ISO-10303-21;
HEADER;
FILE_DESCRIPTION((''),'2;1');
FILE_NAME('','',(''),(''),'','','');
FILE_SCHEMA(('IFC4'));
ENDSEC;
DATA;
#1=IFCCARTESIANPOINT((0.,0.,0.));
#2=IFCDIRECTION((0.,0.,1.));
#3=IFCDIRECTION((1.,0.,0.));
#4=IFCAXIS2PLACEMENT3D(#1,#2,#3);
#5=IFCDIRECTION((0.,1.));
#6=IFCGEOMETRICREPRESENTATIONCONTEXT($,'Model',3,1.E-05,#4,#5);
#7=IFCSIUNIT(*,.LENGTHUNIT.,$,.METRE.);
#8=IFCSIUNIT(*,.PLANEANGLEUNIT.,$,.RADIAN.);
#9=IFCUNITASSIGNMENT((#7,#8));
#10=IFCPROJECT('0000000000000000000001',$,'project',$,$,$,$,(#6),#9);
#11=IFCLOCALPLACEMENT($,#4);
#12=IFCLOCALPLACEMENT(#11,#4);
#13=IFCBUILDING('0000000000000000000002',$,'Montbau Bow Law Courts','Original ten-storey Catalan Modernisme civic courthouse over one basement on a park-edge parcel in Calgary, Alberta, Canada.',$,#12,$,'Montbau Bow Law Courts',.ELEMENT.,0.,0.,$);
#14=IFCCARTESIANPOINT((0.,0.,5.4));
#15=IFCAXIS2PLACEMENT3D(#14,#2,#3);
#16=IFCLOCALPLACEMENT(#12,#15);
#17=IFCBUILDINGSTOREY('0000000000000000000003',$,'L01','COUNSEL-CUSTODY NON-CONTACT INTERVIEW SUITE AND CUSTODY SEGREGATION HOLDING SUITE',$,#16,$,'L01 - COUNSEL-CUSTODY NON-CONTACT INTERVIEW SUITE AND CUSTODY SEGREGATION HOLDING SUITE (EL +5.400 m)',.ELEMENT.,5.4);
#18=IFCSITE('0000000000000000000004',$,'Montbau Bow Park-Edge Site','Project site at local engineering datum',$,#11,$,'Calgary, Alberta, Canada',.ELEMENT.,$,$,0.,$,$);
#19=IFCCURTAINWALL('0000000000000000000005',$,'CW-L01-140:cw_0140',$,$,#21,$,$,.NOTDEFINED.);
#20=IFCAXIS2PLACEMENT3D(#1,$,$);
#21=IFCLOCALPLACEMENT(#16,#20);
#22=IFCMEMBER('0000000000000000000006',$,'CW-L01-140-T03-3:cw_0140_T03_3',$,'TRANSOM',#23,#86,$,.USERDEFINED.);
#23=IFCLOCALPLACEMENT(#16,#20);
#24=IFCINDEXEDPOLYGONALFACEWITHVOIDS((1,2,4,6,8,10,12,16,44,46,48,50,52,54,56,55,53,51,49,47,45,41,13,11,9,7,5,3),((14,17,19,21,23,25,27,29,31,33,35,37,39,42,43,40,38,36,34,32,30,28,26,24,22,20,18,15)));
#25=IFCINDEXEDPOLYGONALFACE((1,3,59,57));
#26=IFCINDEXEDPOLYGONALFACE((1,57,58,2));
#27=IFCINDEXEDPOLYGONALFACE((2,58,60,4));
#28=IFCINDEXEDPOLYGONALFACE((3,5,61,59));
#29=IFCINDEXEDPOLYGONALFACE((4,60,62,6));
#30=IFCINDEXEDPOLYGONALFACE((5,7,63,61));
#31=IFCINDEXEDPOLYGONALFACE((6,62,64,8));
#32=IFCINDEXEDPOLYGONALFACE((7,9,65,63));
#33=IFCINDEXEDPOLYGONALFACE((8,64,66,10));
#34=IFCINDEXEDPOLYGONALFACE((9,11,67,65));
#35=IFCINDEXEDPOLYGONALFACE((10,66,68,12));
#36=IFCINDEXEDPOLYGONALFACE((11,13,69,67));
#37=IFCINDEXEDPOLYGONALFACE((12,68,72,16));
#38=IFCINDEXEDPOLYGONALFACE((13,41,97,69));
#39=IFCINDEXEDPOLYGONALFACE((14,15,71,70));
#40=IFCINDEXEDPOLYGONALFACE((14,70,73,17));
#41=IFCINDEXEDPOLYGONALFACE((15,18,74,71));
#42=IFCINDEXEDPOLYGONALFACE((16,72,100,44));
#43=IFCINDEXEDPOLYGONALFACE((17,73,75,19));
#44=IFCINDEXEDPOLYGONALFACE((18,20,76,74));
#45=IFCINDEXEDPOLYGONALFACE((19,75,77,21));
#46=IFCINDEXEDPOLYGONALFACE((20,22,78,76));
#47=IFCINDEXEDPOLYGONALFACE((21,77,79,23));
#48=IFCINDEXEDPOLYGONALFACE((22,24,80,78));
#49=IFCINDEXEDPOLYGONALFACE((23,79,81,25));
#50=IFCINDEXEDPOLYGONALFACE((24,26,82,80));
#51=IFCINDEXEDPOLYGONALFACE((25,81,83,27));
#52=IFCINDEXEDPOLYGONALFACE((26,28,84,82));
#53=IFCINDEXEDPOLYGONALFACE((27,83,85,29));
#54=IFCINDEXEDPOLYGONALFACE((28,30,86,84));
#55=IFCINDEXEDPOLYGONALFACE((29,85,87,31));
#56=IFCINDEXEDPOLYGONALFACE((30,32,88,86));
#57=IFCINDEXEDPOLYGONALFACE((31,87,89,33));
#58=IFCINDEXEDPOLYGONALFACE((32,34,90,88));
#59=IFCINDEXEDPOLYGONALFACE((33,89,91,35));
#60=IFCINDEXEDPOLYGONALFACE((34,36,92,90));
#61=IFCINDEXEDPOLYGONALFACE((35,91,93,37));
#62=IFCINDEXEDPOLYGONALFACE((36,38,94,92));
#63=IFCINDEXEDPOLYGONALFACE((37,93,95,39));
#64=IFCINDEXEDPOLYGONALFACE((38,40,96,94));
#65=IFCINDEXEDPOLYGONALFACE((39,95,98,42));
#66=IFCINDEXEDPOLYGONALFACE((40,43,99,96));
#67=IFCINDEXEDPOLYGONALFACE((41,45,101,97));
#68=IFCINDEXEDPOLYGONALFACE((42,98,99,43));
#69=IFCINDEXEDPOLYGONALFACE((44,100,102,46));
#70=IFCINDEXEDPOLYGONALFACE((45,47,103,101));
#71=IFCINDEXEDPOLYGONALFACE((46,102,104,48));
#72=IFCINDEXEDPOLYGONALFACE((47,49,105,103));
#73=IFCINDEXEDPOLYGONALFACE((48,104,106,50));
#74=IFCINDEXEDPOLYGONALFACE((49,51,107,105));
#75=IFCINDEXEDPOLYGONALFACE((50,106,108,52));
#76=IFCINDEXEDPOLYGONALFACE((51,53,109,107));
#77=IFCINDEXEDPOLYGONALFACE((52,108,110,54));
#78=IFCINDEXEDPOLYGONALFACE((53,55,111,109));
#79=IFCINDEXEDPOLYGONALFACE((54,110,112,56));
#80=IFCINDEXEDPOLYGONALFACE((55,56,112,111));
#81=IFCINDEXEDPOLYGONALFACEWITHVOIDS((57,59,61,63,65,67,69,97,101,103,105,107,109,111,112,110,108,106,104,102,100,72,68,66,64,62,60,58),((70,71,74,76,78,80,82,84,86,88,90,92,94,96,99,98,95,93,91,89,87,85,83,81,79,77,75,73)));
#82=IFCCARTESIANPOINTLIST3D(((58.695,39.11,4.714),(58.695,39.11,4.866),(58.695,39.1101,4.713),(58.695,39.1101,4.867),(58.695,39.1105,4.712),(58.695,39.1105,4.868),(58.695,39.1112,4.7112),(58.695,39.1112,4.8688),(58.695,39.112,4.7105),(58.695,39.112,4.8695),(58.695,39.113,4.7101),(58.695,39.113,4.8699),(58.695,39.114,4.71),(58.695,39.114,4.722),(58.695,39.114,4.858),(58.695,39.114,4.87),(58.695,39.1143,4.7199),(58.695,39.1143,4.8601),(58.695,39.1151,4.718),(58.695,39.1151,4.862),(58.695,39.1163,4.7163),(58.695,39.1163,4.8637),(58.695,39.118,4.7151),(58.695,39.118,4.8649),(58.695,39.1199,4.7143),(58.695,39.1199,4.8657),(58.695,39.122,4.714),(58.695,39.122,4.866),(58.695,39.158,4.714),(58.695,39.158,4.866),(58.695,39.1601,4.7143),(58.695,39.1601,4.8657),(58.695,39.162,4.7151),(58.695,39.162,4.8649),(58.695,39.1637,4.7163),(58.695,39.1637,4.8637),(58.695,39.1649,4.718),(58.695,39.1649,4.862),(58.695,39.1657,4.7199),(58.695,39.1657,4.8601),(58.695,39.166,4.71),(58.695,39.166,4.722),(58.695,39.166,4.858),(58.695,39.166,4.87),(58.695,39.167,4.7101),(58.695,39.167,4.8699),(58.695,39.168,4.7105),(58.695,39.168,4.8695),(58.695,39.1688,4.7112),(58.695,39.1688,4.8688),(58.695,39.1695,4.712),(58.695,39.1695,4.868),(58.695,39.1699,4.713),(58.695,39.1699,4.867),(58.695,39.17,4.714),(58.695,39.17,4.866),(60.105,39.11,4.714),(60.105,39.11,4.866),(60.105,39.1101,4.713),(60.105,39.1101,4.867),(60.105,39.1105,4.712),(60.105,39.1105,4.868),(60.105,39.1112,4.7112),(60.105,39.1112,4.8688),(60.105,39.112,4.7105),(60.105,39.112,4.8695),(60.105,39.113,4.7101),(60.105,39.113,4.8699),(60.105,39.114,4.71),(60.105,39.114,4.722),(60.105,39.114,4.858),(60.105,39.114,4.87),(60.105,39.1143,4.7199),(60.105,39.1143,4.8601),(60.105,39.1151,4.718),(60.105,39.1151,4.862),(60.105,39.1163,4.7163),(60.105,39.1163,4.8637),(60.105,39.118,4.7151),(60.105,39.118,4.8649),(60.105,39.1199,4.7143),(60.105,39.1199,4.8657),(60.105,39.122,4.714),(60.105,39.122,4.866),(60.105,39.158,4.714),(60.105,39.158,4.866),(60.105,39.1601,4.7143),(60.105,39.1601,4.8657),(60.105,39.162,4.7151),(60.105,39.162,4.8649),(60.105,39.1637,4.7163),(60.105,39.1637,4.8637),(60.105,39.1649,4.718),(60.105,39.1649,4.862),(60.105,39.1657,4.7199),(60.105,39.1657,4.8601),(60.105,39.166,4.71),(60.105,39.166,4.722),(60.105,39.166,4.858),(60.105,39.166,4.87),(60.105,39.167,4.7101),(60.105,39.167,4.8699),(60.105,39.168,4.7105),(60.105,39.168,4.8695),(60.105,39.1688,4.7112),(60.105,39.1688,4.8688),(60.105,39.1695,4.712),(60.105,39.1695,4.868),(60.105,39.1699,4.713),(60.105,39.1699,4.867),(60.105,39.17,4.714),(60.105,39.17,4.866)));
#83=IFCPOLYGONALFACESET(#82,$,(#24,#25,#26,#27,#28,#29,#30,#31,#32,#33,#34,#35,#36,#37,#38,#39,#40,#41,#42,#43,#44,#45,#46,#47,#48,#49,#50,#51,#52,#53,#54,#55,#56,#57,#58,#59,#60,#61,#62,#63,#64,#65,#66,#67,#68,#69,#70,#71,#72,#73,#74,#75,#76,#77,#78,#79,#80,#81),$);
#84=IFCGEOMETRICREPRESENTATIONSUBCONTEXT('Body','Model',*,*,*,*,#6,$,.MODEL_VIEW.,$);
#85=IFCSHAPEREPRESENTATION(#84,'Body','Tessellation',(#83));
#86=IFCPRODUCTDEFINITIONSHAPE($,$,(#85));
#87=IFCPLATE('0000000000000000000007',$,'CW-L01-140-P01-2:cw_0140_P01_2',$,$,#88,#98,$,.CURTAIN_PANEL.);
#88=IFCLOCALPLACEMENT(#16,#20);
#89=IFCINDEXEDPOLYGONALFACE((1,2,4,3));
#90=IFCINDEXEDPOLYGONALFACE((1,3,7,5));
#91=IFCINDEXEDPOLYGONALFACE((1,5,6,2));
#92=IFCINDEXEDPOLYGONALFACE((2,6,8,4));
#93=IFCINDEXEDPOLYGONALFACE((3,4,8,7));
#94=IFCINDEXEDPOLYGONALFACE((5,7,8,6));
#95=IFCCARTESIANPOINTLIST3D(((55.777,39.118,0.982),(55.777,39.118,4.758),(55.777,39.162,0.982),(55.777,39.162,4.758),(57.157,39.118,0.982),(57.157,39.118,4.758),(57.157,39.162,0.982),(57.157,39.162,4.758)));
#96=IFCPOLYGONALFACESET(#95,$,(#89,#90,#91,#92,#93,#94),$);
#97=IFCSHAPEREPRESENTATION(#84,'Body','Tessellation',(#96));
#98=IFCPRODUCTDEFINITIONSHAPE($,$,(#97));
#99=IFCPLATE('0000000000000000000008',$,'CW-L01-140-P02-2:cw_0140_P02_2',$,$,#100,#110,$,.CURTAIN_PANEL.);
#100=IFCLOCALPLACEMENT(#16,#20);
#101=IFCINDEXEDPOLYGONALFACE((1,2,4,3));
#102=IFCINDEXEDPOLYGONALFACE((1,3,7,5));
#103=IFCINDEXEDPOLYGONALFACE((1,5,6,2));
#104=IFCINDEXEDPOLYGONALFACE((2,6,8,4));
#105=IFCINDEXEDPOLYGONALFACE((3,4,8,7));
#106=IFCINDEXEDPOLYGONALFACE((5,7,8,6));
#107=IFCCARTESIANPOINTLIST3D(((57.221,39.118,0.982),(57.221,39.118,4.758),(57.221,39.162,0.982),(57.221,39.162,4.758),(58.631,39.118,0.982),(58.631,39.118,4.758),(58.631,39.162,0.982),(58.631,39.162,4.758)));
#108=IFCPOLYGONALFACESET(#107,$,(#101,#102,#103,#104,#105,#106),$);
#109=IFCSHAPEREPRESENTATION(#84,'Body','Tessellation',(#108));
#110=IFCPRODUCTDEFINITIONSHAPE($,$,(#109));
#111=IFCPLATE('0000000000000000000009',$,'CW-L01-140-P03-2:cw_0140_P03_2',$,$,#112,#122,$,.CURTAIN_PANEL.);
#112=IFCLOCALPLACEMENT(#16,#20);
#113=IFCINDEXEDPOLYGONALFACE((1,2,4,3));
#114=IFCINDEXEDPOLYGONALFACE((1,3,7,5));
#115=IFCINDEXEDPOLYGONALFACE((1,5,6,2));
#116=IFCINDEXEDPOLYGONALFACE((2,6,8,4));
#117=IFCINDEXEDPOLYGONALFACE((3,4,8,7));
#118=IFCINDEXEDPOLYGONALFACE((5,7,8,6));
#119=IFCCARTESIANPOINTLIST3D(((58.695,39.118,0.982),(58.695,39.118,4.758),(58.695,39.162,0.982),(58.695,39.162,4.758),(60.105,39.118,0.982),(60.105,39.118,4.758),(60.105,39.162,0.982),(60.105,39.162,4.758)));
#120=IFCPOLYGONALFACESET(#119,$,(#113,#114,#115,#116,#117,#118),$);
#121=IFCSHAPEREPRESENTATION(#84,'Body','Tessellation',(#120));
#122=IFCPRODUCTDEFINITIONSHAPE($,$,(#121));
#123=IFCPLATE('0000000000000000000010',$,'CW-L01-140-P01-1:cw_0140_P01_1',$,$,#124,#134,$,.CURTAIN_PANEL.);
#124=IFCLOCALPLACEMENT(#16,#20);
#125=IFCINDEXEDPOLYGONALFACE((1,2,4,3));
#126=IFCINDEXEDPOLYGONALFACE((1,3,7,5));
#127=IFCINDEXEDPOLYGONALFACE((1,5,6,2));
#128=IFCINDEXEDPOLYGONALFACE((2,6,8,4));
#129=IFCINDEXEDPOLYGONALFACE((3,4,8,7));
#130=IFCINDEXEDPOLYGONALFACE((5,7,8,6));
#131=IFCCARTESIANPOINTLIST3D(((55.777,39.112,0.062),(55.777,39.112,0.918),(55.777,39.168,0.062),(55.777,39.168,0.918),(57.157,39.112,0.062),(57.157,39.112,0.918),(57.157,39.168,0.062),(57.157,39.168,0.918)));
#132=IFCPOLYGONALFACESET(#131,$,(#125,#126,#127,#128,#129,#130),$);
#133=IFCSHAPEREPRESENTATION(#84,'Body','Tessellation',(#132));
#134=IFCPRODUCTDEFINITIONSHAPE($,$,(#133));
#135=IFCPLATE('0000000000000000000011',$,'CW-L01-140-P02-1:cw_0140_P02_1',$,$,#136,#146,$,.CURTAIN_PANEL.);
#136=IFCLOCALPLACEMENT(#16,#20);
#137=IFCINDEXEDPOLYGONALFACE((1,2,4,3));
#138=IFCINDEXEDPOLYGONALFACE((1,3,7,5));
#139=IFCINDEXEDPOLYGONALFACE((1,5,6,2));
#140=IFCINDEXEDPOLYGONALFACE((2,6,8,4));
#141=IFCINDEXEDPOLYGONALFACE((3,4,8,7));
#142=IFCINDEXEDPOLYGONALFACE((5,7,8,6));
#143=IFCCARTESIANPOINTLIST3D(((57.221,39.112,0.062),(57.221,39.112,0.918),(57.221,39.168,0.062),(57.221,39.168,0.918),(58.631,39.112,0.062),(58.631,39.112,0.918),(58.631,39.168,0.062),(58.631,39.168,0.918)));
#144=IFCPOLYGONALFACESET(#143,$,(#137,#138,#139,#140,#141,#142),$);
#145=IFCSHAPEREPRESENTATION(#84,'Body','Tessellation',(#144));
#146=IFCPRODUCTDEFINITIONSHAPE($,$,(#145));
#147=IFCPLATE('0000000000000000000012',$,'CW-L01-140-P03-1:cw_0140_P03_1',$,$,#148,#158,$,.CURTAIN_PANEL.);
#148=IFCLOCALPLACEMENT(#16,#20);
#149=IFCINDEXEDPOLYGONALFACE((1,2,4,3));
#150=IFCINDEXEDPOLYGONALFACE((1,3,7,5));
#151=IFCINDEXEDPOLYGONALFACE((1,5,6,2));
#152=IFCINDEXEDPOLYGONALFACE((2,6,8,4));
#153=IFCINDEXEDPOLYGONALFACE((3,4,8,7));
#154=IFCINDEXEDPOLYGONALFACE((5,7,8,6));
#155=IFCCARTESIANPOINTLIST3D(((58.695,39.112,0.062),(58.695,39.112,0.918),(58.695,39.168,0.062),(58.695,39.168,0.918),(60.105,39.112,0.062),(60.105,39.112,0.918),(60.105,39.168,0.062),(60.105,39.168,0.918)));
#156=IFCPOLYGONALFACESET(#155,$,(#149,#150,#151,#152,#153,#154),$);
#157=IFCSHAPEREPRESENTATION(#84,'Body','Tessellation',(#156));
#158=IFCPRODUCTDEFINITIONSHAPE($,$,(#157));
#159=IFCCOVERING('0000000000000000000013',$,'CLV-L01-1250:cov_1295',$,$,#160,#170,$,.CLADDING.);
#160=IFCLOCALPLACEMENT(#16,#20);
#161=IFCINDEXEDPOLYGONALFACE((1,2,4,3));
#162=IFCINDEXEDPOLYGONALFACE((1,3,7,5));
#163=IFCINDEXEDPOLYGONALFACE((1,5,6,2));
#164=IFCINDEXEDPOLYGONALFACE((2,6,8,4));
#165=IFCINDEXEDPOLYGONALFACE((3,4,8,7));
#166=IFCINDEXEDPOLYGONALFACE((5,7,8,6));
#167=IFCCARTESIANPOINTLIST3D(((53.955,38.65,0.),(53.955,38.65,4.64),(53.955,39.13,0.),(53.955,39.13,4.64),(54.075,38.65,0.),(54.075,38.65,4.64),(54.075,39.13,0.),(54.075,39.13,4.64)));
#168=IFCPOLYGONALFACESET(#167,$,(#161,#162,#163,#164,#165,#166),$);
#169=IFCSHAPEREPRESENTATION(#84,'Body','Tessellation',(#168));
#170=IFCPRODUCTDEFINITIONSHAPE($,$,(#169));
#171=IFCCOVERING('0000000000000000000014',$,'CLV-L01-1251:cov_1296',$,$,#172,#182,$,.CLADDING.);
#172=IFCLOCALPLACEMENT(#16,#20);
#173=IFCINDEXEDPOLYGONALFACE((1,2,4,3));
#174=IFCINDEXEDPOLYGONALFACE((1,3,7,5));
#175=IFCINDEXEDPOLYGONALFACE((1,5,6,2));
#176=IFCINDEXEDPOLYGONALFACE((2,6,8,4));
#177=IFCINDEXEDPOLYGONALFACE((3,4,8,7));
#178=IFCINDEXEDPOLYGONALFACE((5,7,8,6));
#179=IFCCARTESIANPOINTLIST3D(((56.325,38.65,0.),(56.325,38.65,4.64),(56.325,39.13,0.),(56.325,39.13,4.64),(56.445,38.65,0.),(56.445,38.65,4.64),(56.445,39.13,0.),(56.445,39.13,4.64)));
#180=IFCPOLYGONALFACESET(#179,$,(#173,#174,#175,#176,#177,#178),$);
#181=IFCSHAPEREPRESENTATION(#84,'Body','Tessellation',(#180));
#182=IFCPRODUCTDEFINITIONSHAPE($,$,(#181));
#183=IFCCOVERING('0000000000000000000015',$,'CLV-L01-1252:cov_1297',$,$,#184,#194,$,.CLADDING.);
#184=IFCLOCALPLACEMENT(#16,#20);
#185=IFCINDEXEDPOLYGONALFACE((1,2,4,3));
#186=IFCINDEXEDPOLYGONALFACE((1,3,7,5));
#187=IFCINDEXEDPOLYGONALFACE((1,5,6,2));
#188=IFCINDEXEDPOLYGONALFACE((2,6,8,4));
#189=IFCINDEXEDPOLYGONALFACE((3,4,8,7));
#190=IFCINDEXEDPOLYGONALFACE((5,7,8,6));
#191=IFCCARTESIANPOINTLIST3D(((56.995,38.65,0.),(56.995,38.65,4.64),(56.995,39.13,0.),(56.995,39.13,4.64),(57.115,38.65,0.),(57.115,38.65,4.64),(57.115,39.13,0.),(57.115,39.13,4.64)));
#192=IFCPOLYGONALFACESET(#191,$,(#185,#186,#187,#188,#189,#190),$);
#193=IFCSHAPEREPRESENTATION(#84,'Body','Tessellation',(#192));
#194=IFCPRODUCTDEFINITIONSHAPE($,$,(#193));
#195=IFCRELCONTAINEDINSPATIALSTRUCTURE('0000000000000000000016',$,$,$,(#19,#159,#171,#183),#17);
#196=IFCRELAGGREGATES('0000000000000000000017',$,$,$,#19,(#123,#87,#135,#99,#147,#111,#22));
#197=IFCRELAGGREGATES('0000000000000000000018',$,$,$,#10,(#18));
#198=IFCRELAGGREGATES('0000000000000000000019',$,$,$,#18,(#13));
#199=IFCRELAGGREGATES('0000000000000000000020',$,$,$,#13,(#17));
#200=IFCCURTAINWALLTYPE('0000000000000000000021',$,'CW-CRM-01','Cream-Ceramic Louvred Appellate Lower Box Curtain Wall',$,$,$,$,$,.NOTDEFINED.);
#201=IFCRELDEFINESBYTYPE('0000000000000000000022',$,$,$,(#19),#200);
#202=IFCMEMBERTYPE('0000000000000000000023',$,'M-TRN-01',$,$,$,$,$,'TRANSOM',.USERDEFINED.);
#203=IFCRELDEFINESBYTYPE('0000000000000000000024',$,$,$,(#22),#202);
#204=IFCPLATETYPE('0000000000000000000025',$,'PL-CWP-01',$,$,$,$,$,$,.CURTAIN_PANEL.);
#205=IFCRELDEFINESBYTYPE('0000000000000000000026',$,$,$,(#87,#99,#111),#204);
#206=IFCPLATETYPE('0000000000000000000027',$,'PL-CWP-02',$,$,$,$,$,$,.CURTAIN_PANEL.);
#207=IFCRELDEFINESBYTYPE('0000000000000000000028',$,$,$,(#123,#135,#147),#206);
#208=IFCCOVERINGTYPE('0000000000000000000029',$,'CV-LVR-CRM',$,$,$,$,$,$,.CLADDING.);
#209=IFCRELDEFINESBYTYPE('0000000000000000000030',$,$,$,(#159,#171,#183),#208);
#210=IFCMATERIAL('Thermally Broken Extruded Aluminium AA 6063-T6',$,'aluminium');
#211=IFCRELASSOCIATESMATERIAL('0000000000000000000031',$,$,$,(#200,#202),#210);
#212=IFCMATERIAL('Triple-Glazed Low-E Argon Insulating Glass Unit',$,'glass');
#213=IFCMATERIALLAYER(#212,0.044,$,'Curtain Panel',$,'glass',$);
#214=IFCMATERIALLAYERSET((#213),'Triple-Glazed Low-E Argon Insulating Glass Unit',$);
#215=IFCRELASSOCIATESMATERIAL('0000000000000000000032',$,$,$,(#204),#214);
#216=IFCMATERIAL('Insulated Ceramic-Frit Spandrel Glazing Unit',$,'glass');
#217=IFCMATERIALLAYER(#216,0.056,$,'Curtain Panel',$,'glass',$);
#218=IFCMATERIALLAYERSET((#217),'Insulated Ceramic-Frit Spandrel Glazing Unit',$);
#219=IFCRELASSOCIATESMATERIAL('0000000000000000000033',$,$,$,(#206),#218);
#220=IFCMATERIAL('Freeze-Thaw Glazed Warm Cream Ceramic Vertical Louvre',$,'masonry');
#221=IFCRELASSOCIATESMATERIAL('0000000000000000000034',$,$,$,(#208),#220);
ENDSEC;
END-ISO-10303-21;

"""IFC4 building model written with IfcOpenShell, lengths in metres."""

from ifc_helpers import new_model, si_unit, direction, frame, frame_2d, origin_with_axes, origin_2d_with_axis, place, context, subcontext, project, spatial, rectangle, hollow_rectangle, extrude, material, layer, layer_set, material_profile, profile_set, type_object, element, aggregate, save


model = new_model("IFC4")

# Units and contexts
model_context = context("Model", 3, precision=1e-05, world=origin_with_axes(), true_north=direction((0.0, 1.0)))
body_context = subcontext(model_context, "Body", "Model", "MODEL_VIEW")
ifc_project = project(units=[si_unit("LENGTHUNIT", "METRE"), si_unit("PLANEANGLEUNIT", "RADIAN")], contexts=[model_context])

# Site, building, storey
site_placement = place(None, origin_with_axes())
site = spatial("IfcSite", under=ifc_project, at=site_placement, Name="Montbau Bow Park-Edge Site", Description="Project site at local engineering datum", LongName="Calgary, Alberta, Canada", CompositionType="ELEMENT", RefElevation=0.0)
building_placement = place(site_placement, origin_with_axes())
building = spatial("IfcBuilding", under=site, at=building_placement, Name="Montbau Bow Law Courts", Description="Original ten-storey Catalan Modernisme civic courthouse over one basement on a park-edge parcel in Calgary, Alberta, Canada.", LongName="Montbau Bow Law Courts", CompositionType="ELEMENT", ElevationOfRefHeight=0.0, ElevationOfTerrain=0.0)
storey_placement = place(building_placement, frame((0.0, 0.0, 5.4), z_axis=(0.0, 0.0, 1.0), x_axis=(1.0, 0.0, 0.0)))
storey = spatial("IfcBuildingStorey", under=building, at=storey_placement, Name="L01", Description="COUNSEL-CUSTODY NON-CONTACT INTERVIEW SUITE AND CUSTODY SEGREGATION HOLDING SUITE", LongName="L01 - COUNSEL-CUSTODY NON-CONTACT INTERVIEW SUITE AND CUSTODY SEGREGATION HOLDING SUITE (EL +5.400 m)", CompositionType="ELEMENT", Elevation=5.4)

# Shared definitions
ifc_material_1 = material(Name="Thermally Broken Extruded Aluminium AA 6063-T6", Category="aluminium")
curtain_wall_type = type_object("IfcCurtainWallType", Name="CW-CRM-01", Description="Cream-Ceramic Louvred Appellate Lower Box Curtain Wall", PredefinedType="NOTDEFINED", material=ifc_material_1)

# Curtain wall, member, plates
curtain_wall_1_placement = place(None, frame((55.715, 39.14, 5.4), z_axis=(0.0, 0.0, 1.0), x_axis=(1.0, 0.0, 0.0)))
curtain_wall_1 = element("IfcCurtainWall", 1, at=curtain_wall_1_placement, inside=storey, type_object=curtain_wall_type, Name="CW-L01-140:cw_0140", PredefinedType="NOTDEFINED")
ifc_material_profile_1 = material_profile(ifc_material_1, hollow_rectangle(XDim=0.06, YDim=0.16, WallThickness=0.004, InnerFilletRadius=0.008, OuterFilletRadius=0.004, at=origin_2d_with_axis()), Name="CWT-160X60", Category="Main", Priority=0)
ifc_profile_set_1 = profile_set([ifc_material_profile_1], Name="Thermally Broken Extruded Aluminium AA 6063-T6")
member_type_1 = type_object("IfcMemberType", Name="M-TRN-01", ElementType="TRANSOM", PredefinedType="USERDEFINED", material=ifc_profile_set_1)
member_1_placement = place(None, frame((58.695, 39.14, 10.19), z_axis=(1.0, 0.0, 0.0), x_axis=(0.0, 1.0, 0.0)))
member_1 = element("IfcMember", 2, at=member_1_placement, type_object=member_type_1, Name="CW-L01-140-T03-3:cw_0140_T03_3", ObjectType="TRANSOM", PredefinedType="USERDEFINED", context=body_context, shape_type="SweptSolid", body=[
    extrude(hollow_rectangle(XDim=0.06, YDim=0.16, WallThickness=0.004, InnerFilletRadius=0.008, OuterFilletRadius=0.004, at=origin_2d_with_axis()), origin_with_axes(), (0.0, 0.0, 1.0), 1.41),
])
ifc_material_2 = material(Name="Triple-Glazed Low-E Argon Insulating Glass Unit", Category="glass")
ifc_layer_1 = layer(ifc_material_2, 0.044, Name="Curtain Panel", Category="glass")
ifc_layer_set_1 = layer_set([ifc_layer_1], Name="Triple-Glazed Low-E Argon Insulating Glass Unit")
plate_type_1 = type_object("IfcPlateType", Name="PL-CWP-01", PredefinedType="CURTAIN_PANEL", material=ifc_layer_set_1)
plate_1_placement = place(None, frame((55.777, 39.14, 6.382), z_axis=(0.0, -1.0, 0.0), x_axis=(1.0, 0.0, 0.0)))
plate_1 = element("IfcPlate", 3, at=plate_1_placement, type_object=plate_type_1, Name="CW-L01-140-P01-2:cw_0140_P01_2", PredefinedType="CURTAIN_PANEL", context=body_context, shape_type="SweptSolid", body=[
    extrude(rectangle(XDim=1.38, YDim=3.776, at=frame_2d((0.69, 1.888), x_axis=(1.0, 0.0))), frame((0.0, 0.0, -0.022), z_axis=(0.0, 0.0, 1.0), x_axis=(1.0, 0.0, 0.0)), (0.0, 0.0, 1.0), 0.044),
])
plate_2_placement = place(None, frame((57.221, 39.14, 6.382), z_axis=(0.0, -1.0, 0.0), x_axis=(1.0, 0.0, 0.0)))
plate_2 = element("IfcPlate", 4, at=plate_2_placement, type_object=plate_type_1, Name="CW-L01-140-P02-2:cw_0140_P02_2", PredefinedType="CURTAIN_PANEL", context=body_context, shape_type="SweptSolid", body=[
    extrude(rectangle(XDim=1.41, YDim=3.776, at=frame_2d((0.705, 1.888), x_axis=(1.0, 0.0))), frame((0.0, 0.0, -0.022), z_axis=(0.0, 0.0, 1.0), x_axis=(1.0, 0.0, 0.0)), (0.0, 0.0, 1.0), 0.044),
])
plate_3_placement = place(None, frame((58.695, 39.14, 6.382), z_axis=(0.0, -1.0, 0.0), x_axis=(1.0, 0.0, 0.0)))
plate_3 = element("IfcPlate", 5, at=plate_3_placement, type_object=plate_type_1, Name="CW-L01-140-P03-2:cw_0140_P03_2", PredefinedType="CURTAIN_PANEL", context=body_context, shape_type="SweptSolid", body=[
    extrude(rectangle(XDim=1.41, YDim=3.776, at=frame_2d((0.705, 1.888), x_axis=(1.0, 0.0))), frame((0.0, 0.0, -0.022), z_axis=(0.0, 0.0, 1.0), x_axis=(1.0, 0.0, 0.0)), (0.0, 0.0, 1.0), 0.044),
])
ifc_material_3 = material(Name="Insulated Ceramic-Frit Spandrel Glazing Unit", Category="glass")
ifc_layer_2 = layer(ifc_material_3, 0.056, Name="Curtain Panel", Category="glass")
ifc_layer_set_2 = layer_set([ifc_layer_2], Name="Insulated Ceramic-Frit Spandrel Glazing Unit")
plate_type_2 = type_object("IfcPlateType", Name="PL-CWP-02", PredefinedType="CURTAIN_PANEL", material=ifc_layer_set_2)
plate_4_placement = place(None, frame((55.777, 39.14, 5.462), z_axis=(0.0, -1.0, 0.0), x_axis=(1.0, 0.0, 0.0)))
plate_4 = element("IfcPlate", 6, at=plate_4_placement, type_object=plate_type_2, Name="CW-L01-140-P01-1:cw_0140_P01_1", PredefinedType="CURTAIN_PANEL", context=body_context, shape_type="SweptSolid", body=[
    extrude(rectangle(XDim=1.38, YDim=0.856, at=frame_2d((0.69, 0.428), x_axis=(1.0, 0.0))), frame((0.0, 0.0, -0.028), z_axis=(0.0, 0.0, 1.0), x_axis=(1.0, 0.0, 0.0)), (0.0, 0.0, 1.0), 0.056),
])
plate_5_placement = place(None, frame((57.221, 39.14, 5.462), z_axis=(0.0, -1.0, 0.0), x_axis=(1.0, 0.0, 0.0)))
plate_5 = element("IfcPlate", 7, at=plate_5_placement, type_object=plate_type_2, Name="CW-L01-140-P02-1:cw_0140_P02_1", PredefinedType="CURTAIN_PANEL", context=body_context, shape_type="SweptSolid", body=[
    extrude(rectangle(XDim=1.41, YDim=0.856, at=frame_2d((0.705, 0.428), x_axis=(1.0, 0.0))), frame((0.0, 0.0, -0.028), z_axis=(0.0, 0.0, 1.0), x_axis=(1.0, 0.0, 0.0)), (0.0, 0.0, 1.0), 0.056),
])
plate_6_placement = place(None, frame((58.695, 39.14, 5.462), z_axis=(0.0, -1.0, 0.0), x_axis=(1.0, 0.0, 0.0)))
plate_6 = element("IfcPlate", 8, at=plate_6_placement, type_object=plate_type_2, Name="CW-L01-140-P03-1:cw_0140_P03_1", PredefinedType="CURTAIN_PANEL", context=body_context, shape_type="SweptSolid", body=[
    extrude(rectangle(XDim=1.41, YDim=0.856, at=frame_2d((0.705, 0.428), x_axis=(1.0, 0.0))), frame((0.0, 0.0, -0.028), z_axis=(0.0, 0.0, 1.0), x_axis=(1.0, 0.0, 0.0)), (0.0, 0.0, 1.0), 0.056),
])
aggregate(curtain_wall_1, [plate_4, plate_1, plate_5, plate_2, plate_6, plate_3, member_1])

# Coverings
ifc_material_4 = material(Name="Freeze-Thaw Glazed Warm Cream Ceramic Vertical Louvre", Category="masonry")
covering_type = type_object("IfcCoveringType", Name="CV-LVR-CRM", PredefinedType="CLADDING", material=ifc_material_4)
for number, where, z_axis, x_axis, name in (
    (9, (54.015, 39.13, 5.4), (-1.0, 0.0, 0.0), (0.0, -1.0, 0.0), "CLV-L01-1250:cov_1295"),
    (10, (56.385, 39.13, 5.4), (-1.0, 0.0, 0.0), (0.0, -1.0, 0.0), "CLV-L01-1251:cov_1296"),
    (11, (57.055, 39.13, 5.4), (-1.0, 0.0, 0.0), (0.0, -1.0, 0.0), "CLV-L01-1252:cov_1297"),
):
    element("IfcCovering", number, at=place(None, frame(where, z_axis=z_axis, x_axis=x_axis)), inside=storey, type_object=covering_type, Name=name, PredefinedType="CLADDING", context=body_context, shape_type="SweptSolid", body=[
        extrude(rectangle(XDim=0.48, YDim=4.64, at=frame_2d((0.24, 2.32), x_axis=(1.0, 0.0))), frame((0.0, 0.0, -0.06), z_axis=(0.0, 0.0, 1.0), x_axis=(1.0, 0.0, 0.0)), (0.0, 0.0, 1.0), 0.12),
    ])

save(model, "model.ifc")
